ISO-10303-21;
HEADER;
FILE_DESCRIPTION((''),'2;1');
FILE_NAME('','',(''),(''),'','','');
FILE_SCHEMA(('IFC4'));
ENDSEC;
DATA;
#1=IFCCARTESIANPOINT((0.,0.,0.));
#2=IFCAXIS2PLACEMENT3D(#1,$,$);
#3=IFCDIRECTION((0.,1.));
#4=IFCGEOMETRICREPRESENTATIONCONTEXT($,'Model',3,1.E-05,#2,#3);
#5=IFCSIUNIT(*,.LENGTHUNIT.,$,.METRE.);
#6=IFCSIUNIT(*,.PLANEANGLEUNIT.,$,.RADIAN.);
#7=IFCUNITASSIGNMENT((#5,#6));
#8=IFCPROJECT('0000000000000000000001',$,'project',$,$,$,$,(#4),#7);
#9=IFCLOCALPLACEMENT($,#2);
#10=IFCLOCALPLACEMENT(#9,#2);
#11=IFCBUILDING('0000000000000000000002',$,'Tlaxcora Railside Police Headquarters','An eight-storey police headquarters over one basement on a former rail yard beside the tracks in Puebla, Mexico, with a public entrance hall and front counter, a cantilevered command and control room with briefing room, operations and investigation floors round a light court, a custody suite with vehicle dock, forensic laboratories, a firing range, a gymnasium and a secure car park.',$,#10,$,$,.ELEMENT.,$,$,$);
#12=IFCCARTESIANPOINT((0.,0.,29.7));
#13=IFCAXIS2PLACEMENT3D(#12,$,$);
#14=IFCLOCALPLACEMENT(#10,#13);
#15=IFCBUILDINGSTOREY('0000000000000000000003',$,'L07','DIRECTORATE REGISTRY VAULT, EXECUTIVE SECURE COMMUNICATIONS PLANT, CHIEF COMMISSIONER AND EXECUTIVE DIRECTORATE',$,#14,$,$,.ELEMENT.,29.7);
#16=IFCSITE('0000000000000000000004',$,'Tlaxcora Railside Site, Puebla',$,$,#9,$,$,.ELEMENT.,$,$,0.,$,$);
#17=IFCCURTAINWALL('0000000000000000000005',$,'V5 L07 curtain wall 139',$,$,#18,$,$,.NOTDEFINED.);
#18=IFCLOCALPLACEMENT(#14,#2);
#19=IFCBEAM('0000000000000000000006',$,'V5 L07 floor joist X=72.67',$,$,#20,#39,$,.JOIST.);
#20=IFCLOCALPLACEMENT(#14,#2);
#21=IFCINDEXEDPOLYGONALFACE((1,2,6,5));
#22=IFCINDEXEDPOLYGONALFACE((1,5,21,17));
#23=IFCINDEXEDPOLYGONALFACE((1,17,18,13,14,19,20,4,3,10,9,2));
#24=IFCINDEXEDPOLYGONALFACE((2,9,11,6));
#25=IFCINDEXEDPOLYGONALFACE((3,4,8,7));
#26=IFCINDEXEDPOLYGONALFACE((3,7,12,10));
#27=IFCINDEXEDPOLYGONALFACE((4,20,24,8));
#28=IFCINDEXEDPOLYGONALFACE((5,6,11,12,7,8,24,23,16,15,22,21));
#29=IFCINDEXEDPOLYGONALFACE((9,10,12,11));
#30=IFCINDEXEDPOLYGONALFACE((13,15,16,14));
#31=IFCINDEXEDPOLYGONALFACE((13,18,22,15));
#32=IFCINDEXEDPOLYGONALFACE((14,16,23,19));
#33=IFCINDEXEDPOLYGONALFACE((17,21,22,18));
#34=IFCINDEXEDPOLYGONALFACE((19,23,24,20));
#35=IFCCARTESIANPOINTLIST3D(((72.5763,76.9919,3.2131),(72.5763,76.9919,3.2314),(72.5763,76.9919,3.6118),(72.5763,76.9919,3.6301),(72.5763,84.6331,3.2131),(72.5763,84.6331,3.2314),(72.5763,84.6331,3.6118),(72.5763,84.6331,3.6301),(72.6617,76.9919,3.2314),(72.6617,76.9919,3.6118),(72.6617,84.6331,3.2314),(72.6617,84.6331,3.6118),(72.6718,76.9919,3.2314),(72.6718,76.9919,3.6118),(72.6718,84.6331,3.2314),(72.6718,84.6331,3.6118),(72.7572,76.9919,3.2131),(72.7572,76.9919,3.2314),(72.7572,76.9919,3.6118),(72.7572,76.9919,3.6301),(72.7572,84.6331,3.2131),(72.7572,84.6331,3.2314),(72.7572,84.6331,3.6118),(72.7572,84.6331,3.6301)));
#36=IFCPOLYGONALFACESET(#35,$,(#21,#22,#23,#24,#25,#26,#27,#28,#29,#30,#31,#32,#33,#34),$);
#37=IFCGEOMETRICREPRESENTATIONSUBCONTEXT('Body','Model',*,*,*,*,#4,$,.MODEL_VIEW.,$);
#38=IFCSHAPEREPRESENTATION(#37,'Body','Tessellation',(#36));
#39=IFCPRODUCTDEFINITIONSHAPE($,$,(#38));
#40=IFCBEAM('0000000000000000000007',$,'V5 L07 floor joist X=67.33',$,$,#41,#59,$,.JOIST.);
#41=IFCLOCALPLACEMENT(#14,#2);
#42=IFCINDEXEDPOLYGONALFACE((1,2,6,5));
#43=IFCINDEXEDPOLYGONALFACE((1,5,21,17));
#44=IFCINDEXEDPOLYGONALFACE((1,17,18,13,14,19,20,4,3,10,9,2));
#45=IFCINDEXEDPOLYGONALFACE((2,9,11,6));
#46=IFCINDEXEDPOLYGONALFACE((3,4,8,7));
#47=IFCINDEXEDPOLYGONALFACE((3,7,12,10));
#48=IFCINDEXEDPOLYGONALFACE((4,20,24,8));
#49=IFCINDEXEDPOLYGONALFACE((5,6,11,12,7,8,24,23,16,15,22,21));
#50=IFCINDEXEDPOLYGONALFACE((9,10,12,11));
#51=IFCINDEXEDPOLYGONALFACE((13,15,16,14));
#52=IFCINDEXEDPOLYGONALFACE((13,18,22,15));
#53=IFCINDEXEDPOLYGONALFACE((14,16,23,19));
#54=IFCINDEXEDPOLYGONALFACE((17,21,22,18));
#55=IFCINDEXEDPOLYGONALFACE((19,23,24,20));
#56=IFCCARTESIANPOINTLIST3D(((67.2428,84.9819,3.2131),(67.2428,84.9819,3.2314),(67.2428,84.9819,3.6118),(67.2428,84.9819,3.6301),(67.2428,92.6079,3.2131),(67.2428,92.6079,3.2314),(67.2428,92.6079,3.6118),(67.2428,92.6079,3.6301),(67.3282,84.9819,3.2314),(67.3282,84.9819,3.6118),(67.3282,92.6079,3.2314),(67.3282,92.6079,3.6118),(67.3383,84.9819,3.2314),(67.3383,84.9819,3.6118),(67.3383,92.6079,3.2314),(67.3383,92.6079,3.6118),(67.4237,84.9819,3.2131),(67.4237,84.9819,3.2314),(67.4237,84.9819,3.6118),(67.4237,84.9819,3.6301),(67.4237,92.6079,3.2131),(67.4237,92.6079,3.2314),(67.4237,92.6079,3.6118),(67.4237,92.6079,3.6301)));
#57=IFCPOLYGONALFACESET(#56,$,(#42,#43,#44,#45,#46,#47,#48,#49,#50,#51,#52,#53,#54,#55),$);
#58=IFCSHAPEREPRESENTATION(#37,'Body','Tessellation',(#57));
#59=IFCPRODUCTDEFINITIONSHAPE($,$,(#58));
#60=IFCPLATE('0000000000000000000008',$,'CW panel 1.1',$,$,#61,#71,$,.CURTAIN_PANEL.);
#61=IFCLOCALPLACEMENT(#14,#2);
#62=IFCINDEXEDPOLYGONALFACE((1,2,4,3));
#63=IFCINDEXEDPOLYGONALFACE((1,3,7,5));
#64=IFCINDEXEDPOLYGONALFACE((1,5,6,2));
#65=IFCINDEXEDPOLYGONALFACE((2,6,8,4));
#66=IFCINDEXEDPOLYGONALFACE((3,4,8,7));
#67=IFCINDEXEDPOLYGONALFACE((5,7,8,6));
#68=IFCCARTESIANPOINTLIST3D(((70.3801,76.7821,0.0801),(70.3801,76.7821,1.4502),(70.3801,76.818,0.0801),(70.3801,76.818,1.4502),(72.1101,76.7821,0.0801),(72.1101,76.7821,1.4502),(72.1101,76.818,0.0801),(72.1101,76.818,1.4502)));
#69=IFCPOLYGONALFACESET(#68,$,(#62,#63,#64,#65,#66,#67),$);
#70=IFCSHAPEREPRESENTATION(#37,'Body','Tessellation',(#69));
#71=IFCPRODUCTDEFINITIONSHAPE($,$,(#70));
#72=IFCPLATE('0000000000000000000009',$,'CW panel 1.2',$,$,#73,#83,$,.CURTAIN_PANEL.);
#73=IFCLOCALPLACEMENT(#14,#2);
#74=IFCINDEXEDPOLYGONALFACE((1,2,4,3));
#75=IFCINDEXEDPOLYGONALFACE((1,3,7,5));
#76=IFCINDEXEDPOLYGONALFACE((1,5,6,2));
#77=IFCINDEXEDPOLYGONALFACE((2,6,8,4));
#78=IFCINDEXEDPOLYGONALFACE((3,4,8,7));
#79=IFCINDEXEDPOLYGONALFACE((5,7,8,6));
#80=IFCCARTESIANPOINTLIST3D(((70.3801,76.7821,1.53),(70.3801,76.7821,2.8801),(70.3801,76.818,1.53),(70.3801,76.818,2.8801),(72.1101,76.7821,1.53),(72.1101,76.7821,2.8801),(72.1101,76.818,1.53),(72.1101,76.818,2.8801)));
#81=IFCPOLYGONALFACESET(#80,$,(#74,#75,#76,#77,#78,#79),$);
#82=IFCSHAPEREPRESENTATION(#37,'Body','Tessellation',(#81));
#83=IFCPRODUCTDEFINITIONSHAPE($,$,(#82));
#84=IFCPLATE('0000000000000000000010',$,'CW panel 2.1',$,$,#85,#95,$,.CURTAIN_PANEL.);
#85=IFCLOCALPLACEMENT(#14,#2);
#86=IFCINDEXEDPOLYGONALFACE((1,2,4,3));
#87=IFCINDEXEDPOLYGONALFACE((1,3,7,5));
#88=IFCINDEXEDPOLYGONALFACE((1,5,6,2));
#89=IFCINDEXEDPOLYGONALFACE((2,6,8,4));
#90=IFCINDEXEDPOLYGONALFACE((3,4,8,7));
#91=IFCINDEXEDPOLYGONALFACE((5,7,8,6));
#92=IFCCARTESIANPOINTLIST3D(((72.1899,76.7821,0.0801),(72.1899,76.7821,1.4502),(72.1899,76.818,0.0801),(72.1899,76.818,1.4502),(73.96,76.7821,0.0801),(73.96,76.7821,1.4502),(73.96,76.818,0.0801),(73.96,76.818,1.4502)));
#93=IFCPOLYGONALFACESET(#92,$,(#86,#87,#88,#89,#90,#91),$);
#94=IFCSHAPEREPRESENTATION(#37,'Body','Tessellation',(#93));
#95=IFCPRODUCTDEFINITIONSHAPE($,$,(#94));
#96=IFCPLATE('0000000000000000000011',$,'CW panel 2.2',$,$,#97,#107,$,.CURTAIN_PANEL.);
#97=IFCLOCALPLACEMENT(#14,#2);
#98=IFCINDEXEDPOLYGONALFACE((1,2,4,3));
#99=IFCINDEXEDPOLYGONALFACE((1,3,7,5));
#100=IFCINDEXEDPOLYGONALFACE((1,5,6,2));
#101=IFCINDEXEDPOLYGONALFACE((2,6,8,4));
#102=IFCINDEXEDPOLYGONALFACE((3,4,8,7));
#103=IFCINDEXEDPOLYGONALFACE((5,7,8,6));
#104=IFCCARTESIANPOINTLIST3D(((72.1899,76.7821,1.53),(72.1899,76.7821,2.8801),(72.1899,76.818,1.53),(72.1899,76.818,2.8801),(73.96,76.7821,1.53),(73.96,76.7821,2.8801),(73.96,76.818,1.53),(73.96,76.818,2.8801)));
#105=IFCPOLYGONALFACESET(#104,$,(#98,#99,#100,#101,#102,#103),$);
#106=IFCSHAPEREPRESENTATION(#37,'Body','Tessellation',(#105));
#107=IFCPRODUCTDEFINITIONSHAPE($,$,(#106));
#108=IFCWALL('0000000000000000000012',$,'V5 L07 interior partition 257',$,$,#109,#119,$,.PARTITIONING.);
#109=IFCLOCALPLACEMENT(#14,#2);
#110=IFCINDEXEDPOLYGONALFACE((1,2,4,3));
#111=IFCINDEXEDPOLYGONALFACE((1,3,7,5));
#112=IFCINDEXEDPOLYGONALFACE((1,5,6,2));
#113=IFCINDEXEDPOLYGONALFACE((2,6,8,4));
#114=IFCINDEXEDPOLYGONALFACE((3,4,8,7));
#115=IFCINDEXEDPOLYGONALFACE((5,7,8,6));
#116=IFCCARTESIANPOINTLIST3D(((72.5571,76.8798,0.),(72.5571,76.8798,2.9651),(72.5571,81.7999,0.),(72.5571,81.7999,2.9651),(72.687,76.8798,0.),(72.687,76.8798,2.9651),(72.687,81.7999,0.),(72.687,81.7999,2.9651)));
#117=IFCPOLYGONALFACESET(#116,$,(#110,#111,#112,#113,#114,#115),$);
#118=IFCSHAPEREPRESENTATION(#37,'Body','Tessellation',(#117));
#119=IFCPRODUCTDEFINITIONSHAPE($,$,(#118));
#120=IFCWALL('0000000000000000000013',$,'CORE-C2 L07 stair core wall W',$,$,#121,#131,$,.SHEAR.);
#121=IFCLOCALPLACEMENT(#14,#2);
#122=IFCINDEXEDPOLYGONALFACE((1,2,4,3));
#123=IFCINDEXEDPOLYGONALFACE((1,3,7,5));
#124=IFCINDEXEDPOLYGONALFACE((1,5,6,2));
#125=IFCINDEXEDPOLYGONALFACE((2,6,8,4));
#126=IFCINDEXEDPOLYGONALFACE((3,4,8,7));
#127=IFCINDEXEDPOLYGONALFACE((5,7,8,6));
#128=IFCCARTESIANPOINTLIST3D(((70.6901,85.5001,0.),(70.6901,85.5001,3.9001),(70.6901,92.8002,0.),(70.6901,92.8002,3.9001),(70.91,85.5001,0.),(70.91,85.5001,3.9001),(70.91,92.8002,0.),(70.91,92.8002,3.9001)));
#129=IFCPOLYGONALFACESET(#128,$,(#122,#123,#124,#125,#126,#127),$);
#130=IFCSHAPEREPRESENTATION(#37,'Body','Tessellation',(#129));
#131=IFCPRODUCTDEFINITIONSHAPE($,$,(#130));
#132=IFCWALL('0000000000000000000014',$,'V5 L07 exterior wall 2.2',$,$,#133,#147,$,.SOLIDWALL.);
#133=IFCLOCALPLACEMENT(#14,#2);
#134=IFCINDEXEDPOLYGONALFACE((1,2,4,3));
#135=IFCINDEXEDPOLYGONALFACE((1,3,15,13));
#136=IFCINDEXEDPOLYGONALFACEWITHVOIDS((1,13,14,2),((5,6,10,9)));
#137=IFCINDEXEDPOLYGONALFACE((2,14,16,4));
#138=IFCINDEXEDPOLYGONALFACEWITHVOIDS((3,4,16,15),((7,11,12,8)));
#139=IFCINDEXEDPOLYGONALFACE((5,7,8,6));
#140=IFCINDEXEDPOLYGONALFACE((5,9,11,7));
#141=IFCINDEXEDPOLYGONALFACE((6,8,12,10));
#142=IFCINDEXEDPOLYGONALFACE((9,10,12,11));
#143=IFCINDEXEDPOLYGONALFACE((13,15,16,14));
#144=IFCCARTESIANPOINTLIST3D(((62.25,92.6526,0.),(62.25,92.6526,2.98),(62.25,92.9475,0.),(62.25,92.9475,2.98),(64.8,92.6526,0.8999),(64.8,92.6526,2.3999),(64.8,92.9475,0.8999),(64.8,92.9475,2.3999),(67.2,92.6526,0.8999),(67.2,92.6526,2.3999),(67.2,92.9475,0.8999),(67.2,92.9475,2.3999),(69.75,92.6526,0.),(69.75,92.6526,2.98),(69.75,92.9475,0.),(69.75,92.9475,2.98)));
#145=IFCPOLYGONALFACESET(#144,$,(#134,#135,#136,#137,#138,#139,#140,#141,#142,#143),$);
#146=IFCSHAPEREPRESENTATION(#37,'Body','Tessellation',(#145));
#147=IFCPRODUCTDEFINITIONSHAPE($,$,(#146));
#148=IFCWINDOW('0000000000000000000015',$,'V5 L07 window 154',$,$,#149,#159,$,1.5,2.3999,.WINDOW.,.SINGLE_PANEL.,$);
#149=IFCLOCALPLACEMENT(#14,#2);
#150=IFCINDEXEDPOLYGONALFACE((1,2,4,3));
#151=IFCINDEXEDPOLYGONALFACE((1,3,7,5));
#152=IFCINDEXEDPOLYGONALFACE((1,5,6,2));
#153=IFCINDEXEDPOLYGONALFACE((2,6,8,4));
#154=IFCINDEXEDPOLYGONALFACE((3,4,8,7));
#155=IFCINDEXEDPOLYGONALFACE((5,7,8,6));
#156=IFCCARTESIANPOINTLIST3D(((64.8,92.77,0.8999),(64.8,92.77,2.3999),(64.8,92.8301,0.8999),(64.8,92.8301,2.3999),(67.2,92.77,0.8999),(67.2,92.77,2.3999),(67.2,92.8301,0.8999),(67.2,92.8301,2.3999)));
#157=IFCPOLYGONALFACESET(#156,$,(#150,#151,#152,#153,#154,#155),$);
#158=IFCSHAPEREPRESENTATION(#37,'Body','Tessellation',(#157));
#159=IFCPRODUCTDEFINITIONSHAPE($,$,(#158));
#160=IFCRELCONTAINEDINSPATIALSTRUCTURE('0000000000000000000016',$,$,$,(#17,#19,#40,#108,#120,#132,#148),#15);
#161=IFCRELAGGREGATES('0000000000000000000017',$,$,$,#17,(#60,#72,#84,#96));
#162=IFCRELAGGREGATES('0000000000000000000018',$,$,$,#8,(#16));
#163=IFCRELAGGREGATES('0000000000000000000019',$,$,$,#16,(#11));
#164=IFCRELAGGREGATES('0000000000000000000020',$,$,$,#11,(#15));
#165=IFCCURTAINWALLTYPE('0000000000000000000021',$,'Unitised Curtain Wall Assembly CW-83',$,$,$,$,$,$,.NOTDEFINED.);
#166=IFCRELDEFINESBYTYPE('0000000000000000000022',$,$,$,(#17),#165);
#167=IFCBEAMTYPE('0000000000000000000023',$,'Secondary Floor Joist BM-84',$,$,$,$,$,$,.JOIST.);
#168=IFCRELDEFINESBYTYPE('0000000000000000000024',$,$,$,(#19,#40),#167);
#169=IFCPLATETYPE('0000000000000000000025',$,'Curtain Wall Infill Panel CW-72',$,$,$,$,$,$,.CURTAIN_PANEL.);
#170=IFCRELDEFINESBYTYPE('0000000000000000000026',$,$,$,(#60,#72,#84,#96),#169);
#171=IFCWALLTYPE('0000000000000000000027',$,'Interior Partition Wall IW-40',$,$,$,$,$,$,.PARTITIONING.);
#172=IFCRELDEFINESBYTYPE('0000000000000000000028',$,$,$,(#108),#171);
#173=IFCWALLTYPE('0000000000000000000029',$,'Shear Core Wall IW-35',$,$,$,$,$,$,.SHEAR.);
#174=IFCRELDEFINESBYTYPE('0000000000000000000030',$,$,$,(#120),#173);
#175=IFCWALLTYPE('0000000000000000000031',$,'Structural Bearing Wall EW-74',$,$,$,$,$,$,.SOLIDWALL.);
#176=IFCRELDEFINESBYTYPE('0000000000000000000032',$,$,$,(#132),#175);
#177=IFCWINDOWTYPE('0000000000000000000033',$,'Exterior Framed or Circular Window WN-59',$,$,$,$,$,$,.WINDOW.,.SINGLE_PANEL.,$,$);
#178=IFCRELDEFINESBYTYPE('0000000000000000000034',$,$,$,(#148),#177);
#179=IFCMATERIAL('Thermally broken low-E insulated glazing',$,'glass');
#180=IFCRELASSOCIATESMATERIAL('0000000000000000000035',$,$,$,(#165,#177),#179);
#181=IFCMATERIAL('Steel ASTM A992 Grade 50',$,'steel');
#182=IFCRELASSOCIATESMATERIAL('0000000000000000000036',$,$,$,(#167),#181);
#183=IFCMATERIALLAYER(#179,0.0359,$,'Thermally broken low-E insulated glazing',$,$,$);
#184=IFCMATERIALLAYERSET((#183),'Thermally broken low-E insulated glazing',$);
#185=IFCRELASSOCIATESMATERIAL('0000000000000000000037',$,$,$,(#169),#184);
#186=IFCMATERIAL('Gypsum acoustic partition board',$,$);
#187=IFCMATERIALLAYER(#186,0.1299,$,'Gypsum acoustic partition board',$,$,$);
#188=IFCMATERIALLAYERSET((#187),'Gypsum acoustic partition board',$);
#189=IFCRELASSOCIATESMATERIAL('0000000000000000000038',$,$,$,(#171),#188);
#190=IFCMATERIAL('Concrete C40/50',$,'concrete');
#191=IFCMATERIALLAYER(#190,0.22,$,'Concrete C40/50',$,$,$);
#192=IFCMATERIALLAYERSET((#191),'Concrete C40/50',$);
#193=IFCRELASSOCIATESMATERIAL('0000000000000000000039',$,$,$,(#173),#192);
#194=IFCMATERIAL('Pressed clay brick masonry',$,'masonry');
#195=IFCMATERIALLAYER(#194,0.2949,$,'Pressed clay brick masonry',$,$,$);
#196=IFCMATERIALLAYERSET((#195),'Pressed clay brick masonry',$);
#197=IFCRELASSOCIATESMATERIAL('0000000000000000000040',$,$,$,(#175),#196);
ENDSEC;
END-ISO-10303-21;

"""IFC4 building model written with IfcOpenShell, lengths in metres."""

from ifc_helpers import new_model, si_unit, direction, frame, frame_2d, origin, origin_2d, place, context, subcontext, project, spatial, rectangle, i_section, extrude, material, layer, layer_set, material_profile, profile_set, type_object, element, fill, aggregate, save


model = new_model("IFC4")

# Units and contexts
model_context = context("Model", 3, precision=1e-05, world=origin(), true_north=direction((0.0, 1.0)))
body_context = subcontext(model_context, "Body", "Model", "MODEL_VIEW")
ifc_project = project(units=[si_unit("LENGTHUNIT", "METRE"), si_unit("PLANEANGLEUNIT", "RADIAN")], contexts=[model_context])

# Site, building, storey
site_placement = place(None, origin())
site = spatial("IfcSite", under=ifc_project, at=site_placement, Name="Tlaxcora Railside Site, Puebla", CompositionType="ELEMENT", RefElevation=0.0)
building_placement = place(site_placement, origin())
building = spatial("IfcBuilding", under=site, at=building_placement, Name="Tlaxcora Railside Police Headquarters", Description="An eight-storey police headquarters over one basement on a former rail yard beside the tracks in Puebla, Mexico, with a public entrance hall and front counter, a cantilevered command and control room with briefing room, operations and investigation floors round a light court, a custody suite with vehicle dock, forensic laboratories, a firing range, a gymnasium and a secure car park.", CompositionType="ELEMENT")
storey_placement = place(building_placement, frame((0.0, 0.0, 29.7)))
storey = spatial("IfcBuildingStorey", under=building, at=storey_placement, Name="L07", Description="DIRECTORATE REGISTRY VAULT, EXECUTIVE SECURE COMMUNICATIONS PLANT, CHIEF COMMISSIONER AND EXECUTIVE DIRECTORATE", CompositionType="ELEMENT", Elevation=29.7)

# Shared definitions
ifc_material_1 = material(Name="Concrete C40/50", Category="concrete")

# Curtain wall
ifc_material_2 = material(Name="Thermally broken low-E insulated glazing", Category="glass")
curtain_wall_type_1 = type_object("IfcCurtainWallType", Name="Unitised Curtain Wall Assembly CW-83", PredefinedType="NOTDEFINED", material=ifc_material_2)
curtain_wall_1_placement = place(storey_placement, origin())
curtain_wall_1 = element("IfcCurtainWall", 1, at=curtain_wall_1_placement, inside=storey, type_object=curtain_wall_type_1, Name="V5 L07 curtain wall 139", PredefinedType="NOTDEFINED")

# Beams
ifc_material_3 = material(Name="Steel ASTM A992 Grade 50", Category="steel")
ifc_material_profile_1 = material_profile(ifc_material_3, i_section(OverallWidth=0.1809, OverallDepth=0.417, WebThickness=0.01, FlangeThickness=0.0183, at=origin_2d()), Name="W16X57")
ifc_profile_set_1 = profile_set([ifc_material_profile_1], Name="Steel ASTM A992 Grade 50")
beam_type_1 = type_object("IfcBeamType", Name="Secondary Floor Joist BM-84", PredefinedType="JOIST", material=ifc_profile_set_1)
beam_1_placement = place(storey_placement, frame((72.6667, 76.9919, 3.4216), z_axis=(0.0, 1.0, 0.0), x_axis=(-1.0, 0.0, 0.0)))
element("IfcBeam", 2, at=beam_1_placement, inside=storey, type_object=beam_type_1, Name="V5 L07 floor joist X=72.67", PredefinedType="JOIST", context=body_context, shape_type="SweptSolid", body=[
    extrude(i_section(OverallWidth=0.1809, OverallDepth=0.417, WebThickness=0.01, FlangeThickness=0.0183, at=origin_2d()), origin(), (0.0, 0.0, 1.0), 7.6411),
])
beam_2_placement = place(storey_placement, frame((67.3333, 84.9819, 3.4216), z_axis=(0.0, 1.0, 0.0), x_axis=(-1.0, 0.0, 0.0)))
element("IfcBeam", 3, at=beam_2_placement, inside=storey, type_object=beam_type_1, Name="V5 L07 floor joist X=67.33", PredefinedType="JOIST", context=body_context, shape_type="SweptSolid", body=[
    extrude(i_section(OverallWidth=0.1809, OverallDepth=0.417, WebThickness=0.01, FlangeThickness=0.0183, at=origin_2d()), origin(), (0.0, 0.0, 1.0), 7.626),
])

# Plates
ifc_layer_1 = layer(ifc_material_2, 0.0359, Name="Thermally broken low-E insulated glazing")
ifc_layer_set_1 = layer_set([ifc_layer_1], Name="Thermally broken low-E insulated glazing")
plate_type = type_object("IfcPlateType", Name="Curtain Wall Infill Panel CW-72", PredefinedType="CURTAIN_PANEL", material=ifc_layer_set_1)
plate_1_placement = place(storey_placement, frame((71.2451, 76.8, 0.0801), z_axis=(0.0, 0.0, 1.0), x_axis=(1.0, 0.0, 0.0)))
plate_1 = element("IfcPlate", 4, at=plate_1_placement, type_object=plate_type, Name="CW panel 1.1", PredefinedType="CURTAIN_PANEL", context=body_context, shape_type="SweptSolid", body=[
    extrude(rectangle(XDim=1.73, YDim=0.0359, at=origin_2d()), origin(), (0.0, 0.0, 1.0), 1.3701),
])
plate_2_placement = place(storey_placement, frame((71.2451, 76.8, 1.53), z_axis=(0.0, 0.0, 1.0), x_axis=(1.0, 0.0, 0.0)))
plate_2 = element("IfcPlate", 5, at=plate_2_placement, type_object=plate_type, Name="CW panel 1.2", PredefinedType="CURTAIN_PANEL", context=body_context, shape_type="SweptSolid", body=[
    extrude(rectangle(XDim=1.73, YDim=0.0359, at=origin_2d()), origin(), (0.0, 0.0, 1.0), 1.3501),
])
plate_3_placement = place(storey_placement, frame((73.075, 76.8, 0.0801), z_axis=(0.0, 0.0, 1.0), x_axis=(1.0, 0.0, 0.0)))
plate_3 = element("IfcPlate", 6, at=plate_3_placement, type_object=plate_type, Name="CW panel 2.1", PredefinedType="CURTAIN_PANEL", context=body_context, shape_type="SweptSolid", body=[
    extrude(rectangle(XDim=1.77, YDim=0.0359, at=origin_2d()), origin(), (0.0, 0.0, 1.0), 1.3701),
])
plate_4_placement = place(storey_placement, frame((73.075, 76.8, 1.53), z_axis=(0.0, 0.0, 1.0), x_axis=(1.0, 0.0, 0.0)))
plate_4 = element("IfcPlate", 7, at=plate_4_placement, type_object=plate_type, Name="CW panel 2.2", PredefinedType="CURTAIN_PANEL", context=body_context, shape_type="SweptSolid", body=[
    extrude(rectangle(XDim=1.77, YDim=0.0359, at=origin_2d()), origin(), (0.0, 0.0, 1.0), 1.3501),
])
aggregate(curtain_wall_1, [plate_1, plate_2, plate_3, plate_4])

# Wall
ifc_material_4 = material(Name="Gypsum acoustic partition board")
ifc_layer_2 = layer(ifc_material_4, 0.1299, Name="Gypsum acoustic partition board")
ifc_layer_set_2 = layer_set([ifc_layer_2], Name="Gypsum acoustic partition board")
wall_type_1 = type_object("IfcWallType", Name="Interior Partition Wall IW-40", PredefinedType="PARTITIONING", material=ifc_layer_set_2)
wall_1_placement = place(storey_placement, frame((72.6221, 76.8799, 0.0), z_axis=(0.0, 0.0, 1.0), x_axis=(0.0, 1.0, 0.0)))
element("IfcWall", 8, at=wall_1_placement, inside=storey, type_object=wall_type_1, Name="V5 L07 interior partition 257", PredefinedType="PARTITIONING", context=body_context, shape_type="SweptSolid", body=[
    extrude(rectangle(XDim=4.9202, YDim=0.1299, at=frame_2d((2.46, 0.0))), origin(), (0.0, 0.0, 1.0), 2.9651),
])

# Shared definitions
ifc_layer_3 = layer(ifc_material_1, 0.22, Name="Concrete C40/50")
ifc_layer_set_3 = layer_set([ifc_layer_3], Name="Concrete C40/50")
wall_type_2 = type_object("IfcWallType", Name="Shear Core Wall IW-35", PredefinedType="SHEAR", material=ifc_layer_set_3)

# Wall
wall_2_placement = place(storey_placement, frame((70.8, 92.8, 0.0), z_axis=(0.0, 0.0, 1.0), x_axis=(0.0, -1.0, 0.0)))
element("IfcWall", 9, at=wall_2_placement, inside=storey, type_object=wall_type_2, Name="CORE-C2 L07 stair core wall W", PredefinedType="SHEAR", context=body_context, shape_type="SweptSolid", body=[
    extrude(rectangle(XDim=7.3, YDim=0.22, at=frame_2d((3.6499, 0.0))), origin(), (0.0, 0.0, 1.0), 3.9001),
])

# Wall, opening, window
ifc_material_5 = material(Name="Pressed clay brick masonry", Category="masonry")
ifc_layer_4 = layer(ifc_material_5, 0.2949, Name="Pressed clay brick masonry")
ifc_layer_set_4 = layer_set([ifc_layer_4], Name="Pressed clay brick masonry")
wall_type_3 = type_object("IfcWallType", Name="Structural Bearing Wall EW-74", PredefinedType="SOLIDWALL", material=ifc_layer_set_4)
wall_3_placement = place(storey_placement, frame((69.75, 92.8, 0.0), z_axis=(0.0, 0.0, 1.0), x_axis=(-1.0, 0.0, 0.0)))
wall_3 = element("IfcWall", 10, at=wall_3_placement, inside=storey, type_object=wall_type_3, Name="V5 L07 exterior wall 2.2", PredefinedType="SOLIDWALL", context=body_context, shape_type="SweptSolid", body=[
    extrude(rectangle(XDim=7.5, YDim=0.2949, at=frame_2d((3.75, 0.0))), origin(), (0.0, 0.0, 1.0), 2.98),
])
opening_1_placement = place(wall_3_placement, frame((2.55, 0.0, 0.8999)))
opening_1 = element("IfcOpeningElement", 11, at=opening_1_placement, cuts=wall_3, PredefinedType="OPENING", context=body_context, shape_type="SweptSolid", body=[
    extrude(rectangle(XDim=2.3999, YDim=1.5, at=frame_2d((1.2, 0.75))), frame((0.0, 0.1575, 0.0), z_axis=(0.0, -1.0, 0.0), x_axis=(1.0, 0.0, 0.0)), (0.0, 0.0, 1.0), 0.3149),
])
window_type = type_object("IfcWindowType", Name="Exterior Framed or Circular Window WN-59", PartitioningType="SINGLE_PANEL", PredefinedType="WINDOW", material=ifc_material_2)
window_placement = place(opening_1_placement, origin())
window = element("IfcWindow", 12, at=window_placement, inside=storey, type_object=window_type, Name="V5 L07 window 154", OverallHeight=1.5, OverallWidth=2.3999, PartitioningType="SINGLE_PANEL", PredefinedType="WINDOW", context=body_context, shape_type="SweptSolid", body=[
    extrude(rectangle(XDim=2.3999, YDim=1.5, at=frame_2d((1.2, 0.75))), frame((0.0, 0.03, 0.0), z_axis=(0.0, -1.0, 0.0), x_axis=(1.0, 0.0, 0.0)), (0.0, 0.0, 1.0), 0.0601),
])
fill(opening_1, window)

save(model, "model.ifc")
